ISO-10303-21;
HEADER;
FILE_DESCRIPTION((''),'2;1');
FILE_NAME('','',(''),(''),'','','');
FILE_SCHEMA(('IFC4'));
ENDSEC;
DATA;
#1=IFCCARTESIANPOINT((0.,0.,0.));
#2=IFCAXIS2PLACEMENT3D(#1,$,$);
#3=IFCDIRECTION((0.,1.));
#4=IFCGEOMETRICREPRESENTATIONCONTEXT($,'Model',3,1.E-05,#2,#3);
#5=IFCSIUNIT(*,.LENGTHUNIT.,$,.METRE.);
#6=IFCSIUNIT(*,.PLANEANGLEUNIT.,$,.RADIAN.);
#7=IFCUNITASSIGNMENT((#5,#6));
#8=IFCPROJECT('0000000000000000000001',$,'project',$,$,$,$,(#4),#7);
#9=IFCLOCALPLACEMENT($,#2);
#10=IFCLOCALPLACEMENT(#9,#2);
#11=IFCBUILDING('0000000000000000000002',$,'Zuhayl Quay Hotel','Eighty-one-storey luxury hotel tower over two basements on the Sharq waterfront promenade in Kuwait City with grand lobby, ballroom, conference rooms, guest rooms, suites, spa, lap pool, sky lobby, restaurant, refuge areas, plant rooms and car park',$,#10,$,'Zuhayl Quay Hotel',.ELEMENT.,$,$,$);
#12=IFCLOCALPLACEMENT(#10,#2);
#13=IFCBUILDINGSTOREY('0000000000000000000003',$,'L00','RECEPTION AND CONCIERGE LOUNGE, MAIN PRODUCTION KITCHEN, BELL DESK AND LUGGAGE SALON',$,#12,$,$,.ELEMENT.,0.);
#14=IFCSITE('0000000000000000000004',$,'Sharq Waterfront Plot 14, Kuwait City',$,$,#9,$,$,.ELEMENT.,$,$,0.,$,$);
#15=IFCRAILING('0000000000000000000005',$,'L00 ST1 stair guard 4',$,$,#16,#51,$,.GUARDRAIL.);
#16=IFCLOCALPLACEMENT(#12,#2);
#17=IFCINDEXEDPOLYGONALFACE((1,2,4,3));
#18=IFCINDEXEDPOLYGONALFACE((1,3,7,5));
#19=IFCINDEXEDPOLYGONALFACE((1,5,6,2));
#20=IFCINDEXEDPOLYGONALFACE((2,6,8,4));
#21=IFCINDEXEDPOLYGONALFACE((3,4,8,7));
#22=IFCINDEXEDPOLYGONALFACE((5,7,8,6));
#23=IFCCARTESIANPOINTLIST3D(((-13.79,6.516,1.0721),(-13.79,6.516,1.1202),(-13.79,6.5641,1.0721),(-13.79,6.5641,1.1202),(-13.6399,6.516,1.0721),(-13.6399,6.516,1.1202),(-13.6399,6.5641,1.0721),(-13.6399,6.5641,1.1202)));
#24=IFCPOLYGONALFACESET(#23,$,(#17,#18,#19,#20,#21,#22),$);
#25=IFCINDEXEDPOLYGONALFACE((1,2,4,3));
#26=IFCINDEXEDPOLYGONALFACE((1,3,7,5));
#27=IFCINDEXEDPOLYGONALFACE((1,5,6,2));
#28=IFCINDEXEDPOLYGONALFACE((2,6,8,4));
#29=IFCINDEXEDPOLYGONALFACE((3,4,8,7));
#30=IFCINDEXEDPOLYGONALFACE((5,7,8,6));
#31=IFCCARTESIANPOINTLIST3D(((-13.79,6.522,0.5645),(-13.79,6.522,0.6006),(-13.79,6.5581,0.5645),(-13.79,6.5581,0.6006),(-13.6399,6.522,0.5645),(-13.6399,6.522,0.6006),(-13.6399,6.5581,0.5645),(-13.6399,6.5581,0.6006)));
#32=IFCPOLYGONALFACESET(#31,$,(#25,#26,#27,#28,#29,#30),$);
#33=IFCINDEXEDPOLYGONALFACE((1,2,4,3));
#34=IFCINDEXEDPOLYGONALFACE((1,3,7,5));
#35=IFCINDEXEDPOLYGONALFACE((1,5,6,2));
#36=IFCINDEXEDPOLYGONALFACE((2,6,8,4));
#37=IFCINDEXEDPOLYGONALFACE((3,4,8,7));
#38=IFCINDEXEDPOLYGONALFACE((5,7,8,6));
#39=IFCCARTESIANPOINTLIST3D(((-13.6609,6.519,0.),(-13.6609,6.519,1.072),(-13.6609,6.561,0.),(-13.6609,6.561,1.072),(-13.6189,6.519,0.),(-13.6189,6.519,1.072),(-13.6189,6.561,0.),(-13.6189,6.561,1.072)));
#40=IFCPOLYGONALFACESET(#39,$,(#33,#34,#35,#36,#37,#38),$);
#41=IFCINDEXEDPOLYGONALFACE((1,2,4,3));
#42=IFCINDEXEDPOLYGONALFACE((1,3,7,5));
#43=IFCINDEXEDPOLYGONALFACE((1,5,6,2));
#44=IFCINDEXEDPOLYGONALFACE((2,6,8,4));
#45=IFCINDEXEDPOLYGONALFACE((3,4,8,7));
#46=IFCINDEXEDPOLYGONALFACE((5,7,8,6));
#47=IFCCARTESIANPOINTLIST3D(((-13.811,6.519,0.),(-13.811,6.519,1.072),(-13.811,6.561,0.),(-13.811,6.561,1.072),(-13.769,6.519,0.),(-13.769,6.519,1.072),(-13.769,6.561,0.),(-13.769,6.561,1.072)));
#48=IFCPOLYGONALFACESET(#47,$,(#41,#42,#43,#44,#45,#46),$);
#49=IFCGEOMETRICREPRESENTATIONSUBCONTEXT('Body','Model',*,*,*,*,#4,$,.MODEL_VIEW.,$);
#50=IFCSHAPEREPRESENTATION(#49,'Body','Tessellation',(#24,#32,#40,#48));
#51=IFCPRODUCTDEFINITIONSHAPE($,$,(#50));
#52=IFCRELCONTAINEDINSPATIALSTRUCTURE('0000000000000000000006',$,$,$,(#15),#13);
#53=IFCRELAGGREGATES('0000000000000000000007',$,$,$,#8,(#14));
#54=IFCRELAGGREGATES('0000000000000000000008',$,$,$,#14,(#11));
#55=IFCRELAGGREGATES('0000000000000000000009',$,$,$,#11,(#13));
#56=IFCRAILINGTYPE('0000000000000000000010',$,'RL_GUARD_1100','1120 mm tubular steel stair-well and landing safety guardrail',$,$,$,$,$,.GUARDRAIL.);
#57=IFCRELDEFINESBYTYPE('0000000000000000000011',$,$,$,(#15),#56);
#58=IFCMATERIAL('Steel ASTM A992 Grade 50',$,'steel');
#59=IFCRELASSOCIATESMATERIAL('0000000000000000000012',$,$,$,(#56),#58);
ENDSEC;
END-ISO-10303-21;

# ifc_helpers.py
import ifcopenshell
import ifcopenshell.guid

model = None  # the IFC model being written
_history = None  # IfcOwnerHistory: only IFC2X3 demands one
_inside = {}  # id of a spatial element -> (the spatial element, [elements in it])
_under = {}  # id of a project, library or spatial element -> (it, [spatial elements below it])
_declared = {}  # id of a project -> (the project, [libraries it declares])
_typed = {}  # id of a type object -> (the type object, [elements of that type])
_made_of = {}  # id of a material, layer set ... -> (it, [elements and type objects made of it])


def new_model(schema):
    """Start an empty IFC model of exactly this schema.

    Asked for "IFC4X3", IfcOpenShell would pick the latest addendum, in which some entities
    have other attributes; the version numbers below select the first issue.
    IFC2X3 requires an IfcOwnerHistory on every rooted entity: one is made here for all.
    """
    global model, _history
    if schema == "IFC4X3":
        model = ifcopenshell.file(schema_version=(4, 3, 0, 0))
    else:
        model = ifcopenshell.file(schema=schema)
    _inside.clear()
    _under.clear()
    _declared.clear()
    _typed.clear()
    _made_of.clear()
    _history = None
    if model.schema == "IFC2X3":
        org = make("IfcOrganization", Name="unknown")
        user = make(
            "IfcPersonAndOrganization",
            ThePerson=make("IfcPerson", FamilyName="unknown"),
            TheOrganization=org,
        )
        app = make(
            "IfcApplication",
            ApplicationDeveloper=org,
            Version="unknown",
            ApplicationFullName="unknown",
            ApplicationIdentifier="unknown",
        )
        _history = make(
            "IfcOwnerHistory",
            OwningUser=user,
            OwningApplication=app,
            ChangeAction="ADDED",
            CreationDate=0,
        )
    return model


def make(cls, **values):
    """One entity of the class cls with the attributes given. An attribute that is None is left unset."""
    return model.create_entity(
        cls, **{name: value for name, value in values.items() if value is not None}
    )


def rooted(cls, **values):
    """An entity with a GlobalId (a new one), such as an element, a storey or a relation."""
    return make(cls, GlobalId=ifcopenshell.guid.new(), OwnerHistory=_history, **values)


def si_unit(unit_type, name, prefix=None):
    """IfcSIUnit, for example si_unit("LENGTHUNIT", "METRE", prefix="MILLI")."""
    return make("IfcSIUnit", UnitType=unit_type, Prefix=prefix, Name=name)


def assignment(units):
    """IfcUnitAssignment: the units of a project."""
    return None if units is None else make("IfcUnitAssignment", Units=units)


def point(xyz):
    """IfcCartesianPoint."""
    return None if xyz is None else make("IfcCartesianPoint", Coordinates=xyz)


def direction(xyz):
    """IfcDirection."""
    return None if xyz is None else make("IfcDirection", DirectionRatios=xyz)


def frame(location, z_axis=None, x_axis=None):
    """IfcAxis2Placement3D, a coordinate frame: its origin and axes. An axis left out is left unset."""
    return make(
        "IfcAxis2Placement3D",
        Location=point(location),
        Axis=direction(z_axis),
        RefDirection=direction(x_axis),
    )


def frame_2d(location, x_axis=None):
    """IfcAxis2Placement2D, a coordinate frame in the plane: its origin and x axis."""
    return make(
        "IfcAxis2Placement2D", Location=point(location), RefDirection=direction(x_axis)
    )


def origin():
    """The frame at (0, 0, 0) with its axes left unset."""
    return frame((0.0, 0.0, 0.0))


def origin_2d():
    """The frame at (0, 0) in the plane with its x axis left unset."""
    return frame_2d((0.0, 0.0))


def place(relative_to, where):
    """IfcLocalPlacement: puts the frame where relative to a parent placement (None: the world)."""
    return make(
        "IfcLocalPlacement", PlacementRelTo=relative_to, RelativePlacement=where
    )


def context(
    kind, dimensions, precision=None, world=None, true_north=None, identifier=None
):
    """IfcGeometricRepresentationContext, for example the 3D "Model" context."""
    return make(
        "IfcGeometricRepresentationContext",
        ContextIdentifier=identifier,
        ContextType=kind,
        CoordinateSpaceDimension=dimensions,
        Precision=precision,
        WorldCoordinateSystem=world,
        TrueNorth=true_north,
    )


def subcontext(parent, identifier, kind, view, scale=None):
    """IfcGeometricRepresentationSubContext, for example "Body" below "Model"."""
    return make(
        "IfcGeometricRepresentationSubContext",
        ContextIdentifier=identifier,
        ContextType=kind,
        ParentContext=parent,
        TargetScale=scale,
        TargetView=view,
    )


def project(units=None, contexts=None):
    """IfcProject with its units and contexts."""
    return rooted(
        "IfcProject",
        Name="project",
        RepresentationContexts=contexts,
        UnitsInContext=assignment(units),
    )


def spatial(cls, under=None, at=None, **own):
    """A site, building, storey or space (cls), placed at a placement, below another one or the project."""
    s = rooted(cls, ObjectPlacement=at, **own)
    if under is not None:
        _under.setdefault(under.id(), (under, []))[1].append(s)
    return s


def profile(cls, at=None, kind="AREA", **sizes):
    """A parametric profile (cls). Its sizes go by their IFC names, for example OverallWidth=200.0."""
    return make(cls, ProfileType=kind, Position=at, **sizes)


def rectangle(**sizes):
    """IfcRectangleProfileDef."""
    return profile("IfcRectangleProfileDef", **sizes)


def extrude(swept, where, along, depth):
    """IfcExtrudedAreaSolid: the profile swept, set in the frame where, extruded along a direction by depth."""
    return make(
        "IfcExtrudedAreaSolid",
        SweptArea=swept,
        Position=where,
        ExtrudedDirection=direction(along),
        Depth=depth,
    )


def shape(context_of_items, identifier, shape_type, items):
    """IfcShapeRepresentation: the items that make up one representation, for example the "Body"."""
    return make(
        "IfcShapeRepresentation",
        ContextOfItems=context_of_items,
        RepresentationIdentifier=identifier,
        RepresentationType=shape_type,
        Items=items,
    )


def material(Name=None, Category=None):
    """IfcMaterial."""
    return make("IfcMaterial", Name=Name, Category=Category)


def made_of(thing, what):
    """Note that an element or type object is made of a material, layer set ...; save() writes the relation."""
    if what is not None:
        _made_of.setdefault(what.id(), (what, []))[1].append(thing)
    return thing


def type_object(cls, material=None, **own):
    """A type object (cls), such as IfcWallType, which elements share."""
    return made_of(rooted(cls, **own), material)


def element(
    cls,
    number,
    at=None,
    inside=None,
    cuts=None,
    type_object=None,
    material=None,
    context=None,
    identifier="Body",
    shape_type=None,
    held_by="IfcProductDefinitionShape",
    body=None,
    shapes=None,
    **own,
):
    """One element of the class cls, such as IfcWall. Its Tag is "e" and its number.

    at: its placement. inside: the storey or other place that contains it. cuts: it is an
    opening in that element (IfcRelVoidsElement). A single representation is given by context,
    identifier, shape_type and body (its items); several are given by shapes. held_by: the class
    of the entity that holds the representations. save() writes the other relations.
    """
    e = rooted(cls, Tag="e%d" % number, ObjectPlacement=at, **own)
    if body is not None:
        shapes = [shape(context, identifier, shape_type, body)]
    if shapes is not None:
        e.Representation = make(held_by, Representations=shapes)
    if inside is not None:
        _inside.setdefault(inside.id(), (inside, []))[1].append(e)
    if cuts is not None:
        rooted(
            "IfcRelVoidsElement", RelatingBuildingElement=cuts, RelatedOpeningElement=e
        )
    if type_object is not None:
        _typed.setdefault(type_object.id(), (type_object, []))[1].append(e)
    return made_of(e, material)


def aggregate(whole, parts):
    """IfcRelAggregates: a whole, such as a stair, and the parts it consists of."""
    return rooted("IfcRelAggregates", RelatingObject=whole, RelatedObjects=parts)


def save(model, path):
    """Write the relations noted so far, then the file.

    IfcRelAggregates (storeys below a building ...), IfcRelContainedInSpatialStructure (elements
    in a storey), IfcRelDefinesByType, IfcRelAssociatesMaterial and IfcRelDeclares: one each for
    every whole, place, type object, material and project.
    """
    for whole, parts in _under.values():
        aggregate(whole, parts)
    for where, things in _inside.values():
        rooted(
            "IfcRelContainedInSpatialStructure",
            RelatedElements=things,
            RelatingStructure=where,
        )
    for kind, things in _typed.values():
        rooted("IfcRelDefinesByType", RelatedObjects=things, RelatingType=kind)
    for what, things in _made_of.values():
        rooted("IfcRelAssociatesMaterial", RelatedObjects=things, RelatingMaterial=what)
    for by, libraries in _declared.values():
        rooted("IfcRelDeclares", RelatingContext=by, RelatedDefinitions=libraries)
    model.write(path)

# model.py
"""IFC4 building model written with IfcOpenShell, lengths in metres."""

from ifc_helpers import new_model, si_unit, direction, frame, origin, origin_2d, place, context, subcontext, project, spatial, rectangle, extrude, material, type_object, element, save


model = new_model("IFC4")

# Units and contexts
model_context = context("Model", 3, precision=1e-05, world=origin(), true_north=direction((0.0, 1.0)))
body_context = subcontext(model_context, "Body", "Model", "MODEL_VIEW")
ifc_project = project(units=[si_unit("LENGTHUNIT", "METRE"), si_unit("PLANEANGLEUNIT", "RADIAN")], contexts=[model_context])

# Site, building, storey
site_placement = place(None, origin())
site = spatial("IfcSite", under=ifc_project, at=site_placement, Name="Sharq Waterfront Plot 14, Kuwait City", CompositionType="ELEMENT", RefElevation=0.0)
building_placement = place(site_placement, origin())
building = spatial("IfcBuilding", under=site, at=building_placement, Name="Zuhayl Quay Hotel", Description="Eighty-one-storey luxury hotel tower over two basements on the Sharq waterfront promenade in Kuwait City with grand lobby, ballroom, conference rooms, guest rooms, suites, spa, lap pool, sky lobby, restaurant, refuge areas, plant rooms and car park", LongName="Zuhayl Quay Hotel", CompositionType="ELEMENT")
storey_placement = place(building_placement, origin())
storey = spatial("IfcBuildingStorey", under=building, at=storey_placement, Name="L00", Description="RECEPTION AND CONCIERGE LOUNGE, MAIN PRODUCTION KITCHEN, BELL DESK AND LUGGAGE SALON", CompositionType="ELEMENT", Elevation=0.0)

# Shared definitions
ifc_material_1 = material(Name="Steel ASTM A992 Grade 50", Category="steel")

# Railing
railing_type = type_object("IfcRailingType", Name="RL_GUARD_1100", Description="1120 mm tubular steel stair-well and landing safety guardrail", PredefinedType="GUARDRAIL", material=ifc_material_1)
railing_1_placement = place(storey_placement, frame((-13.6399, 6.54, 0.0)))
element("IfcRailing", 1, at=railing_1_placement, inside=storey, type_object=railing_type, Name="L00 ST1 stair guard 4", PredefinedType="GUARDRAIL", context=body_context, shape_type="SweptSolid", body=[
    extrude(rectangle(XDim=0.0481, YDim=0.0481, at=origin_2d()), frame((0.0, 0.0, 1.0962), z_axis=(-1.0, 0.0, 0.0), x_axis=(0.0, -1.0, 0.0)), (0.0, 0.0, 1.0), 0.1501),
    extrude(rectangle(XDim=0.0361, YDim=0.0361, at=origin_2d()), frame((0.0, 0.0, 0.5825), z_axis=(-1.0, 0.0, 0.0), x_axis=(0.0, -1.0, 0.0)), (0.0, 0.0, 1.0), 0.1501),
    extrude(rectangle(XDim=0.042, YDim=0.042, at=origin_2d()), origin(), (0.0, 0.0, 1.0), 1.072),
    extrude(rectangle(XDim=0.042, YDim=0.042, at=origin_2d()), frame((-0.1501, 0.0, 0.0)), (0.0, 0.0, 1.0), 1.072),
])

save(model, "model.ifc")
